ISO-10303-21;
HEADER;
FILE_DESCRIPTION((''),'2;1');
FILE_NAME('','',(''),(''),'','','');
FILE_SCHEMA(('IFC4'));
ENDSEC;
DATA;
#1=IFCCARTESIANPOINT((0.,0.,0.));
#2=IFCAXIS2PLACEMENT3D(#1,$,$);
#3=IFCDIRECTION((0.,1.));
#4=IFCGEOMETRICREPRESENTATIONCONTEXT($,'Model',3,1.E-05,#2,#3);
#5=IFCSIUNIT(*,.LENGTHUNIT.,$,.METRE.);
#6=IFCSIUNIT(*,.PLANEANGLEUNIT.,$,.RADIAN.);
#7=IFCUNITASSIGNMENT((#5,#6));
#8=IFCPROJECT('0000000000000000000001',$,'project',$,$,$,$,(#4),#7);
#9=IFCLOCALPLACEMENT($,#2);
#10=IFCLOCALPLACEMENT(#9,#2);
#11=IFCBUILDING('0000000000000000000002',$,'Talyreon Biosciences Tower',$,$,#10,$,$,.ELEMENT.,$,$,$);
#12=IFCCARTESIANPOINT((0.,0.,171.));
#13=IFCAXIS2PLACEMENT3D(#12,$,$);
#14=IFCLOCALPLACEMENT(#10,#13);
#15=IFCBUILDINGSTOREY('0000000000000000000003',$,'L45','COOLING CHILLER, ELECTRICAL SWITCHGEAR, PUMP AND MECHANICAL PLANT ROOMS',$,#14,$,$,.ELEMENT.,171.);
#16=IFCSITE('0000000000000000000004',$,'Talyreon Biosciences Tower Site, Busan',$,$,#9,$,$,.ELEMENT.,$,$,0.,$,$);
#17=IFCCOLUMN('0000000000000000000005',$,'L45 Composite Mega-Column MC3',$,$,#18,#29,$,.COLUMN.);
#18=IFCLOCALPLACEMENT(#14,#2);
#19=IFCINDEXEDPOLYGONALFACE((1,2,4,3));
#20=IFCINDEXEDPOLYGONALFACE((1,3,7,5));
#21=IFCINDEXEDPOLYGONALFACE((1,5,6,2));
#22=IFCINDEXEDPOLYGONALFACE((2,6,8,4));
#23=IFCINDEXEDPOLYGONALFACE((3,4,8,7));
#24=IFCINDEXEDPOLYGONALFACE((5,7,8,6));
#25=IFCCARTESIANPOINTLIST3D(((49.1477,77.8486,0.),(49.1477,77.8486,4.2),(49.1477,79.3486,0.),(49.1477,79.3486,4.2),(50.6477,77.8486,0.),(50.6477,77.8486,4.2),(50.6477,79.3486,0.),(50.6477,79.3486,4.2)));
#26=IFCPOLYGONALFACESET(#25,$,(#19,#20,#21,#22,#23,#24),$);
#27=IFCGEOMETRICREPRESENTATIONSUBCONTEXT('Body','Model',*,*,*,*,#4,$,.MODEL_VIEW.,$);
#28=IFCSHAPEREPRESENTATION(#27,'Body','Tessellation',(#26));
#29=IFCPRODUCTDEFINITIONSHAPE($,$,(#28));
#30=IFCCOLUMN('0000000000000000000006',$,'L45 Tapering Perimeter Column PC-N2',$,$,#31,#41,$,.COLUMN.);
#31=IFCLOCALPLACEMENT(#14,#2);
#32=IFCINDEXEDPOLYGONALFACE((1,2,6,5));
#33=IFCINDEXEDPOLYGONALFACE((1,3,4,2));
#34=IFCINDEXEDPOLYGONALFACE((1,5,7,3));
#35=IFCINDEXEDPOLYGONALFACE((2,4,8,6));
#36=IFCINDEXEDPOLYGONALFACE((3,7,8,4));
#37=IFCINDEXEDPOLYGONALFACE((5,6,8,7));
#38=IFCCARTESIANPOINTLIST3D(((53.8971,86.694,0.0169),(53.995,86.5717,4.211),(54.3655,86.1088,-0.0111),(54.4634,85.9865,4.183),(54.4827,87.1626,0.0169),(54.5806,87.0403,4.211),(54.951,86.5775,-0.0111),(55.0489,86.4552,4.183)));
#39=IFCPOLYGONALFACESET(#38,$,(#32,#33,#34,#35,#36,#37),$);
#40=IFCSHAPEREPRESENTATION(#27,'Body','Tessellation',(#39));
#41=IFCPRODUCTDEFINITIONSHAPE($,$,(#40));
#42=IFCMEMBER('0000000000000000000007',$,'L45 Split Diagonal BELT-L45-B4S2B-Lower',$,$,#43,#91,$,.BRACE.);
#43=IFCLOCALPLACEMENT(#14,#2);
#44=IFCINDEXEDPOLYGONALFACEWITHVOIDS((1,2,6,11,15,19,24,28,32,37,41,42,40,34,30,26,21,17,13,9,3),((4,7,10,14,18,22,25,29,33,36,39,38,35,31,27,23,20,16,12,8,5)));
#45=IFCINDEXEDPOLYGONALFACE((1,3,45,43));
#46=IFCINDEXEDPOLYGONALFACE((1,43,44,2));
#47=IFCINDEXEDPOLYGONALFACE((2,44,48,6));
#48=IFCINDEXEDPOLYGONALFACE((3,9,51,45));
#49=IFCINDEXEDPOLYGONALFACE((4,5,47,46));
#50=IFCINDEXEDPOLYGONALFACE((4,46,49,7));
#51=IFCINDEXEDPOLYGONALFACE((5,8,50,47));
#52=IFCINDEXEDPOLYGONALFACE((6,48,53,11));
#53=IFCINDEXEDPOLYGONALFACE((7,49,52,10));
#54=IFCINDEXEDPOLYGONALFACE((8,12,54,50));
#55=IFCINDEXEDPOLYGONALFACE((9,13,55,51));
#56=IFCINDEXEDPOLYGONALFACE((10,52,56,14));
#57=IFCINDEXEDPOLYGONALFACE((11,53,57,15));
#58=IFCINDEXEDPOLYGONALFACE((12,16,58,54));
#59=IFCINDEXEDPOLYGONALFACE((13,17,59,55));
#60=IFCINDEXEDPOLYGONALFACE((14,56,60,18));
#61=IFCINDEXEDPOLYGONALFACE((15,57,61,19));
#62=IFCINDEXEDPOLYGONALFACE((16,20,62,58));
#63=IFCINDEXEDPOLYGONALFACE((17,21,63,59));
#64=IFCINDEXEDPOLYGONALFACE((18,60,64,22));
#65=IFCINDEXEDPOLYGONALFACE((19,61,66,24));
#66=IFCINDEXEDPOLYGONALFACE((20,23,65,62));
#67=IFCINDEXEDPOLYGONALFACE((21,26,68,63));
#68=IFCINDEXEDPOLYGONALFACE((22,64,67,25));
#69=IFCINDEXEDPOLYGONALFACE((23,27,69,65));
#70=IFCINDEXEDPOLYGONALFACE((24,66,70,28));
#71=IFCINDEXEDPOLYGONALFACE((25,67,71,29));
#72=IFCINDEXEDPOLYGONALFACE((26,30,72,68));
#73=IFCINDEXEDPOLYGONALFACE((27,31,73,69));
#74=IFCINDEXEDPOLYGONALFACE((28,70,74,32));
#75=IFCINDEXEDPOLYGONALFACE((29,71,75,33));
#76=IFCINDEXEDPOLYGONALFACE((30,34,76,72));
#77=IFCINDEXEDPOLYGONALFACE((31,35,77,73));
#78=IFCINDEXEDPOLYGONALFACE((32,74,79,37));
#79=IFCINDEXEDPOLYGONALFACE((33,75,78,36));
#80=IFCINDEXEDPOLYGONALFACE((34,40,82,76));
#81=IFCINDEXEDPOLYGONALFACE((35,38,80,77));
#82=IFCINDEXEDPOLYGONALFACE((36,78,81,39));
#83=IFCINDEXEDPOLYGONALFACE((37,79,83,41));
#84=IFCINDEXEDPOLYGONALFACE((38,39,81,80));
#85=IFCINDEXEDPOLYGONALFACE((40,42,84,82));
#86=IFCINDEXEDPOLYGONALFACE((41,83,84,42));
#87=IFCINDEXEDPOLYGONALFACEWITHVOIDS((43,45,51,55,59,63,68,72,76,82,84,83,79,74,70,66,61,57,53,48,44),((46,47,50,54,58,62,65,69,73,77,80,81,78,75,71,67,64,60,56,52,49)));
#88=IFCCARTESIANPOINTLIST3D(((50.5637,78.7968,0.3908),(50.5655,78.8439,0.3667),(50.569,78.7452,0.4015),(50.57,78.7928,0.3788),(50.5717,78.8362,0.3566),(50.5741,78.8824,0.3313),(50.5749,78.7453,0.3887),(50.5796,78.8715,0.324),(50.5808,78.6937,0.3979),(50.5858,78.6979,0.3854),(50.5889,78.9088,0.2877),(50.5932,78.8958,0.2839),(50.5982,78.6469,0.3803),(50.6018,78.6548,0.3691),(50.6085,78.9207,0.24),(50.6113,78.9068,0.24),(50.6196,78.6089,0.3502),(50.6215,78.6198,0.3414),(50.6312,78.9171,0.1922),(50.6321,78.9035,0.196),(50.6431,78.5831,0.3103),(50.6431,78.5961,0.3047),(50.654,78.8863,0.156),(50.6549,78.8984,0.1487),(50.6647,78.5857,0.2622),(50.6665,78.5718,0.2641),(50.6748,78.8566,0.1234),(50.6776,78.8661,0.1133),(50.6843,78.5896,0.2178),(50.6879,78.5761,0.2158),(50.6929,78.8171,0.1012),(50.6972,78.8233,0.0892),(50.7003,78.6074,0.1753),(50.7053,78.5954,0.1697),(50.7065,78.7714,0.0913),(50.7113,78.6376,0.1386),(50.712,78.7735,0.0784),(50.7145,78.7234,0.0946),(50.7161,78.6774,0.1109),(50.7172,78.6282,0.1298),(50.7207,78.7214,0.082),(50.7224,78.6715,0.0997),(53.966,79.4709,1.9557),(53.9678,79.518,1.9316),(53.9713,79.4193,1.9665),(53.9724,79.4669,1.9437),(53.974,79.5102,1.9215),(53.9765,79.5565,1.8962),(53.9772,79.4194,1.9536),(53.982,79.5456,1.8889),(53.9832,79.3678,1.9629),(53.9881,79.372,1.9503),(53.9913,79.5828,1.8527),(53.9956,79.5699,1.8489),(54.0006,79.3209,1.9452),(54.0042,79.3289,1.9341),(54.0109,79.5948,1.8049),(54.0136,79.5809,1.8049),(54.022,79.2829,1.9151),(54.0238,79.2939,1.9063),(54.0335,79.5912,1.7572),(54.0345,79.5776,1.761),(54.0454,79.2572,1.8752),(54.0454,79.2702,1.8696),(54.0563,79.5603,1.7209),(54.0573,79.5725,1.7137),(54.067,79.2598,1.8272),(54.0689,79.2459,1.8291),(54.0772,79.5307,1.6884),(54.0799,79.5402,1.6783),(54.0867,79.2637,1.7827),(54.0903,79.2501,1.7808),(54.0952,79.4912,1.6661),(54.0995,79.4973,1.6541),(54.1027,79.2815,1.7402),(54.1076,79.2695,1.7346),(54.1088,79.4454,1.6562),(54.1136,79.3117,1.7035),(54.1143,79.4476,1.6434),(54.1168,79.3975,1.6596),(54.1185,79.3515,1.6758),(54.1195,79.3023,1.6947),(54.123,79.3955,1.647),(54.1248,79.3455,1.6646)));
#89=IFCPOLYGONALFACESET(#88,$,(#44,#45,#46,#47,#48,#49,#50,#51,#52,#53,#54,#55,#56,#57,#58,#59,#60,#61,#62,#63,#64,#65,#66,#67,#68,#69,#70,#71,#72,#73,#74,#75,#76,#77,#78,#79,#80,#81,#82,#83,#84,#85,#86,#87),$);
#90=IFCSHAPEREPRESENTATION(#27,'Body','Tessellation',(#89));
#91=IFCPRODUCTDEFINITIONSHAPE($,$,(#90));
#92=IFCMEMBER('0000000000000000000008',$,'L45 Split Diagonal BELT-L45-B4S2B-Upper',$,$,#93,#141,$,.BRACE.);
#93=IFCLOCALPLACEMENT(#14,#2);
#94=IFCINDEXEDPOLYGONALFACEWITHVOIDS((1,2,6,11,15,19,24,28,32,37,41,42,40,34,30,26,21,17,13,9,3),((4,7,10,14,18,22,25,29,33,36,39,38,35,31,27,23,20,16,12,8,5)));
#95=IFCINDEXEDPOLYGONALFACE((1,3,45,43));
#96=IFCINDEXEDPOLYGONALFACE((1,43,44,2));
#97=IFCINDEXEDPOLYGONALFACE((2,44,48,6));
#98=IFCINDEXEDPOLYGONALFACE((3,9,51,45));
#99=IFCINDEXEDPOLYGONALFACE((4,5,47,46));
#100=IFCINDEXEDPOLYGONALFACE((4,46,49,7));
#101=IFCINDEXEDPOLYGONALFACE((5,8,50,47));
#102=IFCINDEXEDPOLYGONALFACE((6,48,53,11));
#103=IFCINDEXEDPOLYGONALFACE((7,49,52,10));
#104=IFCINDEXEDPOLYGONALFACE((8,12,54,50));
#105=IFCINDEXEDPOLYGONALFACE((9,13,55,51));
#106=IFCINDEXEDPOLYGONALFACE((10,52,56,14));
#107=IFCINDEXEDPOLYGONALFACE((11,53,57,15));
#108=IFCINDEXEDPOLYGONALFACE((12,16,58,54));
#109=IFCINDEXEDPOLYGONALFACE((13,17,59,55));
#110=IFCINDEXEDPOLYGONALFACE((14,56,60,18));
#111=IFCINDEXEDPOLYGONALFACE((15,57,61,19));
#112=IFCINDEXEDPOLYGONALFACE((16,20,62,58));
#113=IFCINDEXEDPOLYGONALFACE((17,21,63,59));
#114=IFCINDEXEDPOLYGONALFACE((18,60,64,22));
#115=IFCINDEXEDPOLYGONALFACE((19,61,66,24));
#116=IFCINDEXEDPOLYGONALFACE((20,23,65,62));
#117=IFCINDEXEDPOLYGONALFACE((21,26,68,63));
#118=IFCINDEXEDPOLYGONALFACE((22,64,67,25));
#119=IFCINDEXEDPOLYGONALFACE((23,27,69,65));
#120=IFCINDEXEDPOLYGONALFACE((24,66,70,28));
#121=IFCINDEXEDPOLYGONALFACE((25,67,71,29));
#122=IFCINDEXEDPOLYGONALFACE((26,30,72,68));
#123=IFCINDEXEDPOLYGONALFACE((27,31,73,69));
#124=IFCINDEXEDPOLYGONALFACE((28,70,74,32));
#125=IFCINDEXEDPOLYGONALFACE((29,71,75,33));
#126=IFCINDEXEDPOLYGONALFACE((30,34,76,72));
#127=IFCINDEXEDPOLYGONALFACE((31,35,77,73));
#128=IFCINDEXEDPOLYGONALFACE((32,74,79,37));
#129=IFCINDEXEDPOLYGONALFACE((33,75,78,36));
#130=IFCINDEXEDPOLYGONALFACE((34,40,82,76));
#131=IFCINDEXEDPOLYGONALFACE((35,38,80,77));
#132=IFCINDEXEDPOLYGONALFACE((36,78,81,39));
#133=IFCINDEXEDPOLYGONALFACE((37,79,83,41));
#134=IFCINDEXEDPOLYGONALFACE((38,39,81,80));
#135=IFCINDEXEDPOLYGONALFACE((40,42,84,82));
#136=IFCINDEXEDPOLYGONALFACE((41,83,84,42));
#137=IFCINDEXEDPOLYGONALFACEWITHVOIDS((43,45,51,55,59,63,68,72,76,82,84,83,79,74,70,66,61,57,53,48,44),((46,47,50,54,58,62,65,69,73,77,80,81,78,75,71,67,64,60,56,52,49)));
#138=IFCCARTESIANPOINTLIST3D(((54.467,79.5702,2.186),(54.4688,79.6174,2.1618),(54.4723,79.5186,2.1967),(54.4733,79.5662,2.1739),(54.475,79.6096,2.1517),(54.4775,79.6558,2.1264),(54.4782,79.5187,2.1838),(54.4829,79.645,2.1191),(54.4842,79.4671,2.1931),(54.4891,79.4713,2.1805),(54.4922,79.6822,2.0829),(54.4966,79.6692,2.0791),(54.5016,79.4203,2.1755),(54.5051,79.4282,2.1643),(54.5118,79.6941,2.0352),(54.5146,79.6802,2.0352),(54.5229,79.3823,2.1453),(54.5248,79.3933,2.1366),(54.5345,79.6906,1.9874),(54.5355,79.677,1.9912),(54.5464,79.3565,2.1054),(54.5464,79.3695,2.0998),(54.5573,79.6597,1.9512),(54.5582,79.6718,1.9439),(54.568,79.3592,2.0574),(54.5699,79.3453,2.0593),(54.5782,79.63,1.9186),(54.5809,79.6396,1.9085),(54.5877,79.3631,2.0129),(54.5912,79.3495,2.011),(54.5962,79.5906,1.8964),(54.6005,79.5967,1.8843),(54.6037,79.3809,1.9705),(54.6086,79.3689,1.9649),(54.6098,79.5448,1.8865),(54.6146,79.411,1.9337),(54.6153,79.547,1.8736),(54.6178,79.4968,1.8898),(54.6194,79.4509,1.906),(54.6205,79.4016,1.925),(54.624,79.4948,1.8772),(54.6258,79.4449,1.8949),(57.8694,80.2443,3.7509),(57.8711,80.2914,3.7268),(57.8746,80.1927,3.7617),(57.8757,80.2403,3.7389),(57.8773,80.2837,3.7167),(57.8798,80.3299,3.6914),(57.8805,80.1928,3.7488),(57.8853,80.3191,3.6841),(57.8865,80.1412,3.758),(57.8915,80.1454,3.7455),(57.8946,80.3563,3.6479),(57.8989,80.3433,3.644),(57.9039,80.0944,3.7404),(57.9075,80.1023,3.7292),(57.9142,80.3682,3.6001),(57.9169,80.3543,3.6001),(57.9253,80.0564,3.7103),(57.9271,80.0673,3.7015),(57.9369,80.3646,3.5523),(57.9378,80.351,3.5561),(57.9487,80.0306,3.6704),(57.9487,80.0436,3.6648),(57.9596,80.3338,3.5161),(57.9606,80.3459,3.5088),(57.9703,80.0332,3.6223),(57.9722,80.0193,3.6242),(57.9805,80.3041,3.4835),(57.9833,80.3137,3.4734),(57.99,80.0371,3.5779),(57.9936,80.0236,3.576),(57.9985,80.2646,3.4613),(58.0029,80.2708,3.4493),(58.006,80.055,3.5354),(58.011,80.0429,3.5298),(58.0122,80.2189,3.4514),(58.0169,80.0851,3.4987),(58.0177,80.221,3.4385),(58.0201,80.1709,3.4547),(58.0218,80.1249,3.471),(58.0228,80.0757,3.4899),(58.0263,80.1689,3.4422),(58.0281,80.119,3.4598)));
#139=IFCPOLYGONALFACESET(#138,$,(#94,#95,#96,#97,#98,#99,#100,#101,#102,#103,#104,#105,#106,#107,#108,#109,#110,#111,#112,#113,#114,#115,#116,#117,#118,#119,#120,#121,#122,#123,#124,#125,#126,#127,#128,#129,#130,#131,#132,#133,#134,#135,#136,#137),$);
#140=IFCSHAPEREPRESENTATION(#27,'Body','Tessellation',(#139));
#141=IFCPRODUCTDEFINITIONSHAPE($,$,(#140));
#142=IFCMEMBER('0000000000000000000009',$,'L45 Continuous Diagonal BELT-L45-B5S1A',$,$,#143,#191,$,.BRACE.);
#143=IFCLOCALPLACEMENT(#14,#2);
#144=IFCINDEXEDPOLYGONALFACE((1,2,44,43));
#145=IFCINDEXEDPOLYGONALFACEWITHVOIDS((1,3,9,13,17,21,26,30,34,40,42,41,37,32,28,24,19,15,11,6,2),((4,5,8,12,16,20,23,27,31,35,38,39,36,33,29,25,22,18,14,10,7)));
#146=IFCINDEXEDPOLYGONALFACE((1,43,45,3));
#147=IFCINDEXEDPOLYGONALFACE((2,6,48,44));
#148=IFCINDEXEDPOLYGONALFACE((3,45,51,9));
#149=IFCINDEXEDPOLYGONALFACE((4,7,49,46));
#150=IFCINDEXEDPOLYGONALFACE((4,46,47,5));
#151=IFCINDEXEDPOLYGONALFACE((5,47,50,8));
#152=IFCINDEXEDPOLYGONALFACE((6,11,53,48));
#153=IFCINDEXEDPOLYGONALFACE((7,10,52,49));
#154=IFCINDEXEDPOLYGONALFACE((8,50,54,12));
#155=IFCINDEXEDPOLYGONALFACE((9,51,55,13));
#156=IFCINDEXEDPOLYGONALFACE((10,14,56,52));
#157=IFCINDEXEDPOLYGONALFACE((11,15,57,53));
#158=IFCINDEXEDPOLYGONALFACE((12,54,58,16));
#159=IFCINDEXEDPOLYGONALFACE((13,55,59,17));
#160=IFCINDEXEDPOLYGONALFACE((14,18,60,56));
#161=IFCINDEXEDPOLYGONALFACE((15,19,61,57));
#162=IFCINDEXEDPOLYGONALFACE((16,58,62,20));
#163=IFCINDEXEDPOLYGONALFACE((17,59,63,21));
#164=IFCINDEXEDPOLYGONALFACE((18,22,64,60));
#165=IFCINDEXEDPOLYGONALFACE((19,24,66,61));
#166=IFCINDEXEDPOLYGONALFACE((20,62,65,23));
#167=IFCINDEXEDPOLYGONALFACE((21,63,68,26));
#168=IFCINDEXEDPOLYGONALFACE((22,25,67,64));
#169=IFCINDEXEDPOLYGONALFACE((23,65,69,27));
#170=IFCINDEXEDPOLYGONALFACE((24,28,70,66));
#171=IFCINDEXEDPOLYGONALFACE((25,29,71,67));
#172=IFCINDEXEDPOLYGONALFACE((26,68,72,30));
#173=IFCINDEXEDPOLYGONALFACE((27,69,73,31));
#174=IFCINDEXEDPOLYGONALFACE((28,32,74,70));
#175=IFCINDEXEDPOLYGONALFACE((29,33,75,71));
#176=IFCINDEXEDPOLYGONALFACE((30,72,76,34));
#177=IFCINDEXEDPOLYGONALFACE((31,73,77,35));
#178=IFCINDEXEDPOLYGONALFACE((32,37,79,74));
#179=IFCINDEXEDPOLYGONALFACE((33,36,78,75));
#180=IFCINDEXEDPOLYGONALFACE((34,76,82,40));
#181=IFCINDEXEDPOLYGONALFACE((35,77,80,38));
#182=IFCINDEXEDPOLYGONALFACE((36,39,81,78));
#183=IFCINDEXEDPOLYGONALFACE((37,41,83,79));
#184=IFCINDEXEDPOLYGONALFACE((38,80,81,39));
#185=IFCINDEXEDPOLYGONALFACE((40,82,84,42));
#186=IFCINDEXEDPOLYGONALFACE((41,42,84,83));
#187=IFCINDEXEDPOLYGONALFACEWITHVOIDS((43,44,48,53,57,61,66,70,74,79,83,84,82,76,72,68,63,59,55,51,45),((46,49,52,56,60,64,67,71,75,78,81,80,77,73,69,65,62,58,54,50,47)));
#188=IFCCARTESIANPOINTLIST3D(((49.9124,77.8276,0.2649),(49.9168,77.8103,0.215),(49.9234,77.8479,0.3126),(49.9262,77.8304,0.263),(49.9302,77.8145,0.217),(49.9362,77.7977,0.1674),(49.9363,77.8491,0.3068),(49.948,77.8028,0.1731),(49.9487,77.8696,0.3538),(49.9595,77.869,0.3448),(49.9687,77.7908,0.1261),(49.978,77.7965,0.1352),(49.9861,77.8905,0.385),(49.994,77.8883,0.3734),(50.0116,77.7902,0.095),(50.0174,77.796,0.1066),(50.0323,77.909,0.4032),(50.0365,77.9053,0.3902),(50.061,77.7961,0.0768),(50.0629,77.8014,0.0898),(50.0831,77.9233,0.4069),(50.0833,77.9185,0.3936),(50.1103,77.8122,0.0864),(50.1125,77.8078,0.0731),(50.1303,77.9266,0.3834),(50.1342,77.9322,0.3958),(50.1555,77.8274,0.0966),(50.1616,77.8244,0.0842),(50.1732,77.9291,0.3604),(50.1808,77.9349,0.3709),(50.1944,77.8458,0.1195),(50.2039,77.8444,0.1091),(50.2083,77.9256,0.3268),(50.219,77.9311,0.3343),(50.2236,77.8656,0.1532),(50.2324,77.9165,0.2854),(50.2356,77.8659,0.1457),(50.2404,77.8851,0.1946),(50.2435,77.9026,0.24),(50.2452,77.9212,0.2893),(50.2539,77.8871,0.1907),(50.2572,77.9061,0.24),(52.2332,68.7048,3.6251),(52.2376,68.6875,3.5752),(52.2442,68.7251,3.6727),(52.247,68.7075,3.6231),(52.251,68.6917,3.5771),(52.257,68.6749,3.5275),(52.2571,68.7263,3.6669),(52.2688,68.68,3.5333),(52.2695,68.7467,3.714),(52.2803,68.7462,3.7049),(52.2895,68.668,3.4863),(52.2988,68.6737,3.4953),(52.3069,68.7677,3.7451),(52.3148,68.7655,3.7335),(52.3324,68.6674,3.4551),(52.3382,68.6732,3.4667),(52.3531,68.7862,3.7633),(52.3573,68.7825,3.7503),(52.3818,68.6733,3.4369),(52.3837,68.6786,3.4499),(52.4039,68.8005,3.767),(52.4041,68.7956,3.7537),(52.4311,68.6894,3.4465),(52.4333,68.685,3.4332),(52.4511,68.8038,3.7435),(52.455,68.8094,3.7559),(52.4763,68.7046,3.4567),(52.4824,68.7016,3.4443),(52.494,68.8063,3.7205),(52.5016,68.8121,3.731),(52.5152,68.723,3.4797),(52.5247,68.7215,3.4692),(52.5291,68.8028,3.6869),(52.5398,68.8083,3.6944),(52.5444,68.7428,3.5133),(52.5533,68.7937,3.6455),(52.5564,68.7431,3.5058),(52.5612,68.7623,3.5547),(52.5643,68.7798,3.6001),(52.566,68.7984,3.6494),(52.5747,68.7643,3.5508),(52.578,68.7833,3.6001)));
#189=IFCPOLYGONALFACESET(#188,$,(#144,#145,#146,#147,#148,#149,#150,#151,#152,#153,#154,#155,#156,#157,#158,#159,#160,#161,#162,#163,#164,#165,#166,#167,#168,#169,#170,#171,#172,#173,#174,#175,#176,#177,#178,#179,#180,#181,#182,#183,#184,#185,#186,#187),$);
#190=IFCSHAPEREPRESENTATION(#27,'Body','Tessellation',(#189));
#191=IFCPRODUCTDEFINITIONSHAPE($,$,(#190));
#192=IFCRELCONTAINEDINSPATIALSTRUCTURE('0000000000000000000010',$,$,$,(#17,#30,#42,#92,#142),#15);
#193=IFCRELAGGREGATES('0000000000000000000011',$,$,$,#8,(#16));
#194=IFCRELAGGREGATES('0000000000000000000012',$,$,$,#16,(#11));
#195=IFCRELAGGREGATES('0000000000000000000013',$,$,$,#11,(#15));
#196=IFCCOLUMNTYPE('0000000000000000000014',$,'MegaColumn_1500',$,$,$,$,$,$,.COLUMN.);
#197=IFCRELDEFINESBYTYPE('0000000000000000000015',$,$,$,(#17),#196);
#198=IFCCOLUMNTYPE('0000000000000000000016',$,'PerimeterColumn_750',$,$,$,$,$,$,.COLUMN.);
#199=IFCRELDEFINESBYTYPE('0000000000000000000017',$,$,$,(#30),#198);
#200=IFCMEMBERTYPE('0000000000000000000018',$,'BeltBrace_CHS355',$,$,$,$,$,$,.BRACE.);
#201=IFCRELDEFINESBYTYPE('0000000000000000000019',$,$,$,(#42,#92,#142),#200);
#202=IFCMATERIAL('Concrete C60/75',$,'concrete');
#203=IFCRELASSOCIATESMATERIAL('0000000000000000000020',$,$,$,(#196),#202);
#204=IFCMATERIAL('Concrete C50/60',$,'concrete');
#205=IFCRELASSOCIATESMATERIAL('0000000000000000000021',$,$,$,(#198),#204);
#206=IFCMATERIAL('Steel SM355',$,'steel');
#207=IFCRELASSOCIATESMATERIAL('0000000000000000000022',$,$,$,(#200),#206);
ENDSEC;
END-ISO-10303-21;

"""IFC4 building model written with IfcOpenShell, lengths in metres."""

from ifc_helpers import new_model, si_unit, direction, frame, origin, origin_2d, place, context, subcontext, project, spatial, rectangle, hollow_circle, extrude, material, material_profile, profile_set, type_object, element, save


model = new_model("IFC4")

# Units and contexts
model_context = context("Model", 3, precision=1e-05, world=origin(), true_north=direction((0.0, 1.0)))
body_context = subcontext(model_context, "Body", "Model", "MODEL_VIEW")
ifc_project = project(units=[si_unit("LENGTHUNIT", "METRE"), si_unit("PLANEANGLEUNIT", "RADIAN")], contexts=[model_context])

# Site, building, storey
site_placement = place(None, origin())
site = spatial("IfcSite", under=ifc_project, at=site_placement, Name="Talyreon Biosciences Tower Site, Busan", CompositionType="ELEMENT", RefElevation=0.0)
building_placement = place(site_placement, origin())
building = spatial("IfcBuilding", under=site, at=building_placement, Name="Talyreon Biosciences Tower", CompositionType="ELEMENT")
storey_placement = place(building_placement, frame((0.0, 0.0, 171.0)))
storey = spatial("IfcBuildingStorey", under=building, at=storey_placement, Name="L45", Description="COOLING CHILLER, ELECTRICAL SWITCHGEAR, PUMP AND MECHANICAL PLANT ROOMS", CompositionType="ELEMENT", Elevation=171.0)

# Columns
ifc_material_1 = material(Name="Concrete C60/75", Category="concrete")
ifc_material_profile_1 = material_profile(ifc_material_1, rectangle(XDim=1.5, YDim=1.5, at=origin_2d()), Name="RC 1500x1500")
ifc_profile_set_1 = profile_set([ifc_material_profile_1], Name="Concrete C60/75")
column_type_1 = type_object("IfcColumnType", Name="MegaColumn_1500", PredefinedType="COLUMN", material=ifc_profile_set_1)
column_1_placement = place(storey_placement, frame((49.8977, 78.5986, 0.0), z_axis=(0.0, 0.0, 1.0), x_axis=(1.0, 0.0, 0.0)))
element("IfcColumn", 1, at=column_1_placement, inside=storey, type_object=column_type_1, Name="L45 Composite Mega-Column MC3", PredefinedType="COLUMN", context=body_context, shape_type="SweptSolid", body=[
    extrude(rectangle(XDim=1.5, YDim=1.5, at=origin_2d()), origin(), (0.0, 0.0, 1.0), 4.2),
])
ifc_material_2 = material(Name="Concrete C50/60", Category="concrete")
ifc_material_profile_2 = material_profile(ifc_material_2, rectangle(XDim=0.75, YDim=0.75, at=origin_2d()), Name="RC 750x750")
ifc_profile_set_2 = profile_set([ifc_material_profile_2], Name="Concrete C50/60")
column_type_2 = type_object("IfcColumnType", Name="PerimeterColumn_750", PredefinedType="COLUMN", material=ifc_profile_set_2)
column_2_placement = place(storey_placement, frame((54.4241, 86.6357, 0.0029), z_axis=(0.023326, -0.029143, 0.999303), x_axis=(-0.780717, -0.624885, 0.0)))
element("IfcColumn", 2, at=column_2_placement, inside=storey, type_object=column_type_2, Name="L45 Tapering Perimeter Column PC-N2", PredefinedType="COLUMN", context=body_context, shape_type="SweptSolid", body=[
    extrude(rectangle(XDim=0.75, YDim=0.75, at=origin_2d()), origin(), (0.0, 0.0, 1.0), 4.197),
])

# Members
ifc_material_3 = material(Name="Steel SM355", Category="steel")
ifc_material_profile_3 = material_profile(ifc_material_3, hollow_circle(Radius=0.1777, WallThickness=0.0142, at=origin_2d()), Name="CHS 355.6x14.2")
ifc_profile_set_3 = profile_set([ifc_material_profile_3], Name="Steel SM355")
member_type_1 = type_object("IfcMemberType", Name="BeltBrace_CHS355", PredefinedType="BRACE", material=ifc_profile_set_3)
for number, where, z_axis, x_axis, name in (
    (3, (50.6431, 78.7463, 0.24), (0.894136, 0.177146, 0.411267), (-0.194343, 0.980934, 0.0), "L45 Split Diagonal BELT-L45-B4S2B-Lower"),
    (4, (54.5464, 79.5198, 2.0352), (0.894136, 0.177146, 0.411267), (-0.194343, 0.980934, 0.0), "L45 Split Diagonal BELT-L45-B4S2B-Upper"),
):
    element("IfcMember", number, at=place(storey_placement, frame(where, z_axis=z_axis, x_axis=x_axis)), inside=storey, type_object=member_type_1, Name=name, PredefinedType="BRACE", context=body_context, shape_type="SweptSolid", body=[
        extrude(hollow_circle(Radius=0.1777, WallThickness=0.0142, at=origin_2d()), origin(), (0.0, 0.0, 1.0), 3.8052),
    ])
member_1_placement = place(storey_placement, frame((50.085, 77.8623, 0.24), z_axis=(0.232194, -0.912728, 0.336176), x_axis=(0.969132, 0.246543, 0.0)))
element("IfcMember", 5, at=member_1_placement, inside=storey, type_object=member_type_1, Name="L45 Continuous Diagonal BELT-L45-B5S1A", PredefinedType="BRACE", context=body_context, shape_type="SweptSolid", body=[
    extrude(hollow_circle(Radius=0.1777, WallThickness=0.0142, at=origin_2d()), origin(), (0.0, 0.0, 1.0), 9.9951),
])

save(model, "model.ifc")
